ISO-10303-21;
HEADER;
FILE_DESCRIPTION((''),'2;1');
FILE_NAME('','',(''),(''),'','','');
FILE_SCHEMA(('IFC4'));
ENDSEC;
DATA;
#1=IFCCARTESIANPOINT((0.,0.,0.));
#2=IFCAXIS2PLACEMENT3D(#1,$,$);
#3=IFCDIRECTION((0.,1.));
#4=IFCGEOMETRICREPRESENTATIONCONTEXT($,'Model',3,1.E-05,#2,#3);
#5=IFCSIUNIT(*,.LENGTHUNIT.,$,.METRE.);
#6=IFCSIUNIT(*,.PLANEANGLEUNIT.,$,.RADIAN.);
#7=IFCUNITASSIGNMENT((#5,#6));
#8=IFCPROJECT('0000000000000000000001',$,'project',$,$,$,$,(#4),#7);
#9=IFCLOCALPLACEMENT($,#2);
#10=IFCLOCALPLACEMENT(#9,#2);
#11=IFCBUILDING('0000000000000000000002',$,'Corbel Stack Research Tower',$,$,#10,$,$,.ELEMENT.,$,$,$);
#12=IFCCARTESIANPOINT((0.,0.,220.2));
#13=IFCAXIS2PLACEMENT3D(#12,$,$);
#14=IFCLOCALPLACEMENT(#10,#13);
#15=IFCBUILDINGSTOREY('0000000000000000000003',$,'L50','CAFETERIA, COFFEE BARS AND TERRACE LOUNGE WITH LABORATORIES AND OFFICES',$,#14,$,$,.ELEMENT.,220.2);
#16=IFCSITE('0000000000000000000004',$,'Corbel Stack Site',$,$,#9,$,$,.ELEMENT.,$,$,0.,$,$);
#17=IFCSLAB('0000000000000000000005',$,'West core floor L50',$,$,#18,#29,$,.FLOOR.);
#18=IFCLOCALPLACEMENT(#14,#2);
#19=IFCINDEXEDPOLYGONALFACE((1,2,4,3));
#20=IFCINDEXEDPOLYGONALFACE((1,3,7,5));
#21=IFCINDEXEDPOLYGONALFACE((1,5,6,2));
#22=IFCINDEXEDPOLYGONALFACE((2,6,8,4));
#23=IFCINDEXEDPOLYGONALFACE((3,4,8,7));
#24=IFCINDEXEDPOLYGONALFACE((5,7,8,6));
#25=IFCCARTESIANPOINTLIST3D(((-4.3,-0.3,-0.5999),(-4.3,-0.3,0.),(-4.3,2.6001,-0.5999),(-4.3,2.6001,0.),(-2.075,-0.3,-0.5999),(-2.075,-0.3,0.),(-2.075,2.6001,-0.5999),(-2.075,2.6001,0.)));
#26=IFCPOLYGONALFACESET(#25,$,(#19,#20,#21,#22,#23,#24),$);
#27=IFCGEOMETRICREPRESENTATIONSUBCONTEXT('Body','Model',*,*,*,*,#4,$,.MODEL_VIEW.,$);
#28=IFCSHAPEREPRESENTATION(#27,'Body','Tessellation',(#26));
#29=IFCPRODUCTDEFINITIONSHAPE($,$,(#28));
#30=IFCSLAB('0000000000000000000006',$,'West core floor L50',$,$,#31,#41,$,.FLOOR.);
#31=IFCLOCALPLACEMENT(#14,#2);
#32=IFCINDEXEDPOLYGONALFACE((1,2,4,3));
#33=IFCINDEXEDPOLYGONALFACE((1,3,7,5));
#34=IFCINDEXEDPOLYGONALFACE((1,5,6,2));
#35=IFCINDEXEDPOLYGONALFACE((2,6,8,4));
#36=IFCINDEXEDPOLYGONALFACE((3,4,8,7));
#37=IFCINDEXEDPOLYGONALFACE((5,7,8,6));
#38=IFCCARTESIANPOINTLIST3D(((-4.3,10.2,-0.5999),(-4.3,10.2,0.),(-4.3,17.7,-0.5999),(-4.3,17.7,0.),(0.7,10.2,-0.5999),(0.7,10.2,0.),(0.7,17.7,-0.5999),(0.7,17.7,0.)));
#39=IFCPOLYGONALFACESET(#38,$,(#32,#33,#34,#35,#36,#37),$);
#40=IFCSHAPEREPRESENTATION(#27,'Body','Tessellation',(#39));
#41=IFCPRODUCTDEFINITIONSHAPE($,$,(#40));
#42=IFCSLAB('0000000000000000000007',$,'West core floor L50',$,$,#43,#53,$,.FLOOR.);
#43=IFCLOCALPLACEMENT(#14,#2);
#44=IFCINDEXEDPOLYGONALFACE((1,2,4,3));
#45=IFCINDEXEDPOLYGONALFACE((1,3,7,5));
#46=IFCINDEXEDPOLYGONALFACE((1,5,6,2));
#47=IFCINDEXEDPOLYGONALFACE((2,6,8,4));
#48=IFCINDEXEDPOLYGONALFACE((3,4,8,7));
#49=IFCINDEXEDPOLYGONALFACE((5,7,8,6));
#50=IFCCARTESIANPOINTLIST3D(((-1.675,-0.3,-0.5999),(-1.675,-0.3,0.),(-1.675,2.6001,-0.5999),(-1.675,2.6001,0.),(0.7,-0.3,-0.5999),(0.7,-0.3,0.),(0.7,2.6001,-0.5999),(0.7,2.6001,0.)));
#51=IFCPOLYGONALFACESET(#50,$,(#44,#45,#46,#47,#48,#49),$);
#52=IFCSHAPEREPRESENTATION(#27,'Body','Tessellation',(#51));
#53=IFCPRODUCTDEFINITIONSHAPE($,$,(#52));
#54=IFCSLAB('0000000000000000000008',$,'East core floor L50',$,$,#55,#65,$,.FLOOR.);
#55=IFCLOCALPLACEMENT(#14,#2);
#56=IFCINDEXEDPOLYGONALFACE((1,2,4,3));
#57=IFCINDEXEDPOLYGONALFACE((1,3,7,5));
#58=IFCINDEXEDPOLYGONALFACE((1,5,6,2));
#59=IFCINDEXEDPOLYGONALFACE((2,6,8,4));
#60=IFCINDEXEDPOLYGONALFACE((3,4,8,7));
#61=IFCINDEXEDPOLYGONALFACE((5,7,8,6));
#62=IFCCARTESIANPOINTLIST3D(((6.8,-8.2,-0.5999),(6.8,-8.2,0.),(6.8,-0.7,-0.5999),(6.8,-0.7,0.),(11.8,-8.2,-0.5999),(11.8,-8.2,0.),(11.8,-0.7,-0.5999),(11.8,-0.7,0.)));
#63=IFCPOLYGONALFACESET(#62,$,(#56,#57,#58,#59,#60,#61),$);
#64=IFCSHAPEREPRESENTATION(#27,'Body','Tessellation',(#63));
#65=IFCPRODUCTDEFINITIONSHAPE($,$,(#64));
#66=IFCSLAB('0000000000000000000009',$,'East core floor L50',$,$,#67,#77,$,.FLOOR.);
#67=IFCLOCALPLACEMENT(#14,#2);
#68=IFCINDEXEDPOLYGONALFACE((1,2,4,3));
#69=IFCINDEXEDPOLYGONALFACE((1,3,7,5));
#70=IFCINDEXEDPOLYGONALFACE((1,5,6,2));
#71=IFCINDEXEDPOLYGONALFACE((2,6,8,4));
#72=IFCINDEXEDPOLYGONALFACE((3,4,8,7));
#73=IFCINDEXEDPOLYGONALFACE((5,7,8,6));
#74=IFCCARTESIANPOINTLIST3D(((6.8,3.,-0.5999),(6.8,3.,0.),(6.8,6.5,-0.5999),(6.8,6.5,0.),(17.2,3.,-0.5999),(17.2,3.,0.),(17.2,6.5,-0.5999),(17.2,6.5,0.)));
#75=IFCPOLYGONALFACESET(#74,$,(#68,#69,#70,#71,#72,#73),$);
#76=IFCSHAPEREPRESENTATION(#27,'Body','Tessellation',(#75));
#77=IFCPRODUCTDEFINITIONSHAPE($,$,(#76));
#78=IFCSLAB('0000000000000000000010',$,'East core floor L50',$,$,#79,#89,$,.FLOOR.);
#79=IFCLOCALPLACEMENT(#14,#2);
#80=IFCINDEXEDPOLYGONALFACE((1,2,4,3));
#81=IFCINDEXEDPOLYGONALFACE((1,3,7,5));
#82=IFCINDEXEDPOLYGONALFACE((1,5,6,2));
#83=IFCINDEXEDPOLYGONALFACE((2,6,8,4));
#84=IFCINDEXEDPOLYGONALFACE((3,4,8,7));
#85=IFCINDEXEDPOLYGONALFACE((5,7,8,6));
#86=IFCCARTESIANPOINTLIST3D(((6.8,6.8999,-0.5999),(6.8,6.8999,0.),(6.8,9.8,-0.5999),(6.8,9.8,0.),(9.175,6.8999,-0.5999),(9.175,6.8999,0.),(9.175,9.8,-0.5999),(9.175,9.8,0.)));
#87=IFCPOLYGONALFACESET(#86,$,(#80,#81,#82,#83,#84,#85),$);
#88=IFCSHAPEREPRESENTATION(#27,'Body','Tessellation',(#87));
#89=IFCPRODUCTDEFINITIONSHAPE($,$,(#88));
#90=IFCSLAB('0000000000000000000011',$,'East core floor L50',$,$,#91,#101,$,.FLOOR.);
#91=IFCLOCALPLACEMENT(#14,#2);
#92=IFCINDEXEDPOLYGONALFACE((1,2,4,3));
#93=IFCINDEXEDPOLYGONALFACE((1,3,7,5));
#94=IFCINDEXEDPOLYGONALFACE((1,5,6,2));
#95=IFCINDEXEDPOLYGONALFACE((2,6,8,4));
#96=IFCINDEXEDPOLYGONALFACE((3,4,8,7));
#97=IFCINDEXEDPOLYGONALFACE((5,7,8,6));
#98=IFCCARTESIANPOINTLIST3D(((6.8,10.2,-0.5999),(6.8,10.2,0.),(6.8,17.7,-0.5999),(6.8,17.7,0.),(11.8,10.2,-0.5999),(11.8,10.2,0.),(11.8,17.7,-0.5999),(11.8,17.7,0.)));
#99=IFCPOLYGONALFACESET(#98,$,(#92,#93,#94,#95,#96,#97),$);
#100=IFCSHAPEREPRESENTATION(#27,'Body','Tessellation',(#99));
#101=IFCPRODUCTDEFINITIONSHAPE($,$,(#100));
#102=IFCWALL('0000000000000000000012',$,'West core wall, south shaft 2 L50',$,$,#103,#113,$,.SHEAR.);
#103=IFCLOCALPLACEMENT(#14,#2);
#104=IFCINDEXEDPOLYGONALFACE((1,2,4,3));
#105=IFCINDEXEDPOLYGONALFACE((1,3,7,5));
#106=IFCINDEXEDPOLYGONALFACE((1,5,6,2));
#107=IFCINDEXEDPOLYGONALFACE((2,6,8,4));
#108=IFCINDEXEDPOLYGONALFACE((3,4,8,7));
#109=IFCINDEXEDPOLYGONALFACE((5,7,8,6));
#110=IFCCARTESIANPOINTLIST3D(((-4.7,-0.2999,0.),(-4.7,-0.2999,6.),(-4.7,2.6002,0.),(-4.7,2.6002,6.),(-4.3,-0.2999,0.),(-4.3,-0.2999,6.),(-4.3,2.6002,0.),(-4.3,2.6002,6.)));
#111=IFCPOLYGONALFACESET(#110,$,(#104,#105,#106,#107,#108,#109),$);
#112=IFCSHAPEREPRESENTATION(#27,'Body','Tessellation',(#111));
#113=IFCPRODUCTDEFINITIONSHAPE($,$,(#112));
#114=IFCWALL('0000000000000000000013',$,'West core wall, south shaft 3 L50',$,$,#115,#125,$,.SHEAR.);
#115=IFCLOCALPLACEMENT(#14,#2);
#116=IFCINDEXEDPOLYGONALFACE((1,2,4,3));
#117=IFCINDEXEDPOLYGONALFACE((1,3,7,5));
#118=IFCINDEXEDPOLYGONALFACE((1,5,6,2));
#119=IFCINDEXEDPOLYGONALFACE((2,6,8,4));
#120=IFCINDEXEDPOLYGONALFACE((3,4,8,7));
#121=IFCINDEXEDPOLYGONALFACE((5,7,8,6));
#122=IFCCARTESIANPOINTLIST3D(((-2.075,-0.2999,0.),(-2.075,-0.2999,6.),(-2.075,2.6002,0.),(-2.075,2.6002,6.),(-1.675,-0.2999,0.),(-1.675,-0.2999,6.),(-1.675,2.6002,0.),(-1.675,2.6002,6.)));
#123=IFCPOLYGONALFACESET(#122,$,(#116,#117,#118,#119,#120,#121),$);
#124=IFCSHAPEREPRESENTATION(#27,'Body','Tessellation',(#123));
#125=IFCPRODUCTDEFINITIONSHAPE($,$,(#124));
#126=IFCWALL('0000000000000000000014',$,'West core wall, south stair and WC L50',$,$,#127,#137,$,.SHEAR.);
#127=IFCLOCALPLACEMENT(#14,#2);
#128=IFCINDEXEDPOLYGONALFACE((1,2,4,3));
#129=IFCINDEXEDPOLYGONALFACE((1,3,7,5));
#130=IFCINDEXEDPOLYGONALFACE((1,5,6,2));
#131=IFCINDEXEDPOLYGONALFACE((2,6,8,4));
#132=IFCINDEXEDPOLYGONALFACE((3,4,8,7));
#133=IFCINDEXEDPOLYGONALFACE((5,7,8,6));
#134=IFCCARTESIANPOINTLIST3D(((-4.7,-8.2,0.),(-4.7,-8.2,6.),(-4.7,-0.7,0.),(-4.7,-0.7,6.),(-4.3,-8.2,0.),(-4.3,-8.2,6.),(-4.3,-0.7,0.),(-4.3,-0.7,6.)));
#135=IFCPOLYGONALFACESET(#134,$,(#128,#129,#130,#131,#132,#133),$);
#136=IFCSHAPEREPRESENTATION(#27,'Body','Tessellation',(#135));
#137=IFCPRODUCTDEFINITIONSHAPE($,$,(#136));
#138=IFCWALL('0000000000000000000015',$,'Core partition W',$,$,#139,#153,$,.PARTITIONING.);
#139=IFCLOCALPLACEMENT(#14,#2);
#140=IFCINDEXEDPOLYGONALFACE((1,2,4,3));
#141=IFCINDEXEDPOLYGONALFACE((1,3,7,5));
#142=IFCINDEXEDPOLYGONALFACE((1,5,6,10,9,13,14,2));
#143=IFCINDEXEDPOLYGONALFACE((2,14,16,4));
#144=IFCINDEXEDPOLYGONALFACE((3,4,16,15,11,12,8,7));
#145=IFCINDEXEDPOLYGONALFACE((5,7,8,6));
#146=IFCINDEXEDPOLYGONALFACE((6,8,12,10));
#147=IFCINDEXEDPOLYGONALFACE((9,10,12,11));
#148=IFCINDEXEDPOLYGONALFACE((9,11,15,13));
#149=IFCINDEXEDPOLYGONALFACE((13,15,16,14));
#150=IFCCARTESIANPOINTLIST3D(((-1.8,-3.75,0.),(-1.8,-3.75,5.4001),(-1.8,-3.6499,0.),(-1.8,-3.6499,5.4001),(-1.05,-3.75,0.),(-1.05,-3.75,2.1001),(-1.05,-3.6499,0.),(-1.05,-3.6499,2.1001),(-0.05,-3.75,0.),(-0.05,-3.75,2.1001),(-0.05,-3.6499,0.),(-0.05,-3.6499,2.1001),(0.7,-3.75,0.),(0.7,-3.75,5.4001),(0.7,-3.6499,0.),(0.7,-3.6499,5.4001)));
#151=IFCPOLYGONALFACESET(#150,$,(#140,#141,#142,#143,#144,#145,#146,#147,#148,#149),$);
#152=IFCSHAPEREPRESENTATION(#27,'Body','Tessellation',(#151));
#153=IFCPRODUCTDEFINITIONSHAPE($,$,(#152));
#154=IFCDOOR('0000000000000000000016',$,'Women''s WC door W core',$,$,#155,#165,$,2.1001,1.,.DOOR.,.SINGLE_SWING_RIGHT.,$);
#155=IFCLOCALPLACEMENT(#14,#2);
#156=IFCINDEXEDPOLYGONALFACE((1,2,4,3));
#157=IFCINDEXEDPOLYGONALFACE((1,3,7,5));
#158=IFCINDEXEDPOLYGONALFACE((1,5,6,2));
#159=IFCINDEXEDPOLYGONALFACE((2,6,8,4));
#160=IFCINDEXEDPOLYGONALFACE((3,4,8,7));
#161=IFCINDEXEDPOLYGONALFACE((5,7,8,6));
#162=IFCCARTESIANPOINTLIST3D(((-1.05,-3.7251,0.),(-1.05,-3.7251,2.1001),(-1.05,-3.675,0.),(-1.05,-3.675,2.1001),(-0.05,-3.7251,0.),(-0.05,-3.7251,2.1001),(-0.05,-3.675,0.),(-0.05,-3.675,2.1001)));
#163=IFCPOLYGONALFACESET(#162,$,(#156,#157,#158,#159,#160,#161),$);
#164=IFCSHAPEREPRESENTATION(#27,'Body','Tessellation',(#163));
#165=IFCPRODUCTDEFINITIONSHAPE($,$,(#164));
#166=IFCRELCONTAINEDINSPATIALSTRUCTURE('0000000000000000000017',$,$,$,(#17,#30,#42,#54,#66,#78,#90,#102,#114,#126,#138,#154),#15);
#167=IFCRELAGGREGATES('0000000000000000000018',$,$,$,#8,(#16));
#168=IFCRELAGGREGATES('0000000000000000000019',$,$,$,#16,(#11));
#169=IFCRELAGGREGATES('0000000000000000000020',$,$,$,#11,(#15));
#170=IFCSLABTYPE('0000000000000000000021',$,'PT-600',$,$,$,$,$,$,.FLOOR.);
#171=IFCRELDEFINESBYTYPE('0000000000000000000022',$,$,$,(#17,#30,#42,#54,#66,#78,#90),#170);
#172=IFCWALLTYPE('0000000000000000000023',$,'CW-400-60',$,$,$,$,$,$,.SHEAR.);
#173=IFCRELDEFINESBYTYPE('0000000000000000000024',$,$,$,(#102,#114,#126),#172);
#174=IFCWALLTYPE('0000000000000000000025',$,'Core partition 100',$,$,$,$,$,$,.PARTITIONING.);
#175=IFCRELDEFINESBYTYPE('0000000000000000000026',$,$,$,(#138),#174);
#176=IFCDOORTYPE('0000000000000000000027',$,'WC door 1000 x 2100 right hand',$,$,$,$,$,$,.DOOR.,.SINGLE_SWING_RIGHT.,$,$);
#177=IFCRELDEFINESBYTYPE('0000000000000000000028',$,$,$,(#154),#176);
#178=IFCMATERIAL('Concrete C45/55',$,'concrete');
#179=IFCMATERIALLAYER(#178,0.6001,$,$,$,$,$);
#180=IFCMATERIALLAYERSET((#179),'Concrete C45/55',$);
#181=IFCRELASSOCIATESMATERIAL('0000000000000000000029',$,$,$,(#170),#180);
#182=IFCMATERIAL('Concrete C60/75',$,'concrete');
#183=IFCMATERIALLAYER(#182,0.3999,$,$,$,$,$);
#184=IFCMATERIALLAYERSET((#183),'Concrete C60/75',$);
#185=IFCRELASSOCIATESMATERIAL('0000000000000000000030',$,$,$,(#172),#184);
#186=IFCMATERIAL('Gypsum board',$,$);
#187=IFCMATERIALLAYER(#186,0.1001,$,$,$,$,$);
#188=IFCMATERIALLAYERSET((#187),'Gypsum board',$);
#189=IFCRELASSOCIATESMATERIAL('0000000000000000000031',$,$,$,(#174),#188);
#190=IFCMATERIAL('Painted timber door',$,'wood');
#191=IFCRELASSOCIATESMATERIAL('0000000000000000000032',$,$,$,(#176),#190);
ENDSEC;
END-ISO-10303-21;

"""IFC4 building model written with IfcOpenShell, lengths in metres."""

from ifc_helpers import new_model, si_unit, direction, frame, frame_2d, origin, place, context, subcontext, project, spatial, polyline, rectangle, outline, extrude, material, layer, layer_set, type_object, element, fill, save


model = new_model("IFC4")

# Units and contexts
model_context = context("Model", 3, precision=1e-05, world=origin(), true_north=direction((0.0, 1.0)))
body_context = subcontext(model_context, "Body", "Model", "MODEL_VIEW")
ifc_project = project(units=[si_unit("LENGTHUNIT", "METRE"), si_unit("PLANEANGLEUNIT", "RADIAN")], contexts=[model_context])

# Site, building, storey
site_placement = place(None, origin())
site = spatial("IfcSite", under=ifc_project, at=site_placement, Name="Corbel Stack Site", CompositionType="ELEMENT", RefElevation=0.0)
building_placement = place(site_placement, origin())
building = spatial("IfcBuilding", under=site, at=building_placement, Name="Corbel Stack Research Tower", CompositionType="ELEMENT")
storey_placement = place(building_placement, frame((0.0, 0.0, 220.2)))
storey = spatial("IfcBuildingStorey", under=building, at=storey_placement, Name="L50", Description="CAFETERIA, COFFEE BARS AND TERRACE LOUNGE WITH LABORATORIES AND OFFICES", CompositionType="ELEMENT", Elevation=220.2)

# Slabs
ifc_material_1 = material(Name="Concrete C45/55", Category="concrete")
ifc_layer_1 = layer(ifc_material_1, 0.6001)
ifc_layer_set_1 = layer_set([ifc_layer_1], Name="Concrete C45/55")
slab_type = type_object("IfcSlabType", Name="PT-600", PredefinedType="FLOOR", material=ifc_layer_set_1)
slab_1_placement = place(storey_placement, frame((0.0, 0.0, -0.5999)))
element("IfcSlab", 1, at=slab_1_placement, inside=storey, type_object=slab_type, Name="West core floor L50", PredefinedType="FLOOR", context=body_context, shape_type="SweptSolid", body=[
    extrude(outline(polyline([(-2.075, -0.3), (-2.075, 2.6001), (-4.3, 2.6001), (-4.3, -0.3), (-2.075, -0.3)])), origin(), (0.0, 0.0, 1.0), 0.5999),
])
slab_2_placement = place(storey_placement, frame((0.0, 0.0, -0.5999)))
element("IfcSlab", 2, at=slab_2_placement, inside=storey, type_object=slab_type, Name="West core floor L50", PredefinedType="FLOOR", context=body_context, shape_type="SweptSolid", body=[
    extrude(outline(polyline([(0.7, 17.7), (-4.3, 17.7), (-4.3, 10.2), (0.7, 10.2), (0.7, 17.7)])), origin(), (0.0, 0.0, 1.0), 0.5999),
])
slab_3_placement = place(storey_placement, frame((0.0, 0.0, -0.5999)))
element("IfcSlab", 3, at=slab_3_placement, inside=storey, type_object=slab_type, Name="West core floor L50", PredefinedType="FLOOR", context=body_context, shape_type="SweptSolid", body=[
    extrude(outline(polyline([(0.7, -0.3), (0.7, 2.6001), (-1.675, 2.6001), (-1.675, -0.3), (0.7, -0.3)])), origin(), (0.0, 0.0, 1.0), 0.5999),
])
slab_4_placement = place(storey_placement, frame((0.0, 0.0, -0.5999)))
element("IfcSlab", 4, at=slab_4_placement, inside=storey, type_object=slab_type, Name="East core floor L50", PredefinedType="FLOOR", context=body_context, shape_type="SweptSolid", body=[
    extrude(outline(polyline([(6.8, -0.7), (6.8, -8.2), (11.8, -8.2), (11.8, -0.7), (6.8, -0.7)])), origin(), (0.0, 0.0, 1.0), 0.5999),
])
slab_5_placement = place(storey_placement, frame((0.0, 0.0, -0.5999)))
element("IfcSlab", 5, at=slab_5_placement, inside=storey, type_object=slab_type, Name="East core floor L50", PredefinedType="FLOOR", context=body_context, shape_type="SweptSolid", body=[
    extrude(outline(polyline([(17.2, 6.5), (6.8, 6.5), (6.8, 3.0), (17.2, 3.0), (17.2, 6.5)])), origin(), (0.0, 0.0, 1.0), 0.5999),
])
slab_6_placement = place(storey_placement, frame((0.0, 0.0, -0.5999)))
element("IfcSlab", 6, at=slab_6_placement, inside=storey, type_object=slab_type, Name="East core floor L50", PredefinedType="FLOOR", context=body_context, shape_type="SweptSolid", body=[
    extrude(outline(polyline([(6.8, 6.8999), (9.175, 6.8999), (9.175, 9.8), (6.8, 9.8), (6.8, 6.8999)])), origin(), (0.0, 0.0, 1.0), 0.5999),
])
slab_7_placement = place(storey_placement, frame((0.0, 0.0, -0.5999)))
element("IfcSlab", 7, at=slab_7_placement, inside=storey, type_object=slab_type, Name="East core floor L50", PredefinedType="FLOOR", context=body_context, shape_type="SweptSolid", body=[
    extrude(outline(polyline([(6.8, 17.7), (6.8, 10.2), (11.8, 10.2), (11.8, 17.7), (6.8, 17.7)])), origin(), (0.0, 0.0, 1.0), 0.5999),
])

# Walls
ifc_material_2 = material(Name="Concrete C60/75", Category="concrete")
ifc_layer_2 = layer(ifc_material_2, 0.3999)
ifc_layer_set_2 = layer_set([ifc_layer_2], Name="Concrete C60/75")
wall_type_1 = type_object("IfcWallType", Name="CW-400-60", PredefinedType="SHEAR", material=ifc_layer_set_2)
for number, where, z_axis, x_axis, name in (
    (8, (-4.5, -0.3, 0.0), (0.0, 0.0, 1.0), (0.0, 1.0, 0.0), "West core wall, south shaft 2 L50"),
    (9, (-1.875, -0.3, 0.0), (0.0, 0.0, 1.0), (0.0, 1.0, 0.0), "West core wall, south shaft 3 L50"),
):
    element("IfcWall", number, at=place(storey_placement, frame(where, z_axis=z_axis, x_axis=x_axis)), inside=storey, type_object=wall_type_1, Name=name, PredefinedType="SHEAR", context=body_context, shape_type="SweptSolid", body=[
        extrude(rectangle(XDim=2.9001, YDim=0.3999, at=frame_2d((1.4502, 0.0))), origin(), (0.0, 0.0, 1.0), 6.0),
    ])
wall_1_placement = place(storey_placement, frame((-4.5, -8.2, 0.0), z_axis=(0.0, 0.0, 1.0), x_axis=(0.0, 1.0, 0.0)))
element("IfcWall", 10, at=wall_1_placement, inside=storey, type_object=wall_type_1, Name="West core wall, south stair and WC L50", PredefinedType="SHEAR", context=body_context, shape_type="SweptSolid", body=[
    extrude(rectangle(XDim=7.5, YDim=0.3999, at=frame_2d((3.75, 0.0))), origin(), (0.0, 0.0, 1.0), 6.0),
])

# Wall, opening, door
ifc_material_3 = material(Name="Gypsum board")
ifc_layer_3 = layer(ifc_material_3, 0.1001)
ifc_layer_set_3 = layer_set([ifc_layer_3], Name="Gypsum board")
wall_type_2 = type_object("IfcWallType", Name="Core partition 100", PredefinedType="PARTITIONING", material=ifc_layer_set_3)
wall_2_placement = place(storey_placement, frame((-1.8, -3.7, 0.0), z_axis=(0.0, 0.0, 1.0), x_axis=(1.0, 0.0, 0.0)))
wall_2 = element("IfcWall", 11, at=wall_2_placement, inside=storey, type_object=wall_type_2, Name="Core partition W", PredefinedType="PARTITIONING", context=body_context, shape_type="SweptSolid", body=[
    extrude(rectangle(XDim=2.5, YDim=0.1001, at=frame_2d((1.25, 0.0))), origin(), (0.0, 0.0, 1.0), 5.4001),
])
opening_1_placement = place(wall_2_placement, frame((0.75, 0.0, 0.0)))
opening_1 = element("IfcOpeningElement", 12, at=opening_1_placement, cuts=wall_2, PredefinedType="OPENING", context=body_context, shape_type="SweptSolid", body=[
    extrude(rectangle(XDim=1.0, YDim=2.1001, at=frame_2d((0.5, 1.05))), frame((0.0, 0.0601, 0.0), z_axis=(0.0, -1.0, 0.0), x_axis=(1.0, 0.0, 0.0)), (0.0, 0.0, 1.0), 0.1201),
])
ifc_material_4 = material(Name="Painted timber door", Category="wood")
door_type_1 = type_object("IfcDoorType", Name="WC door 1000 x 2100 right hand", OperationType="SINGLE_SWING_RIGHT", PredefinedType="DOOR", material=ifc_material_4)
door_1_placement = place(opening_1_placement, origin())
door_1 = element("IfcDoor", 13, at=door_1_placement, inside=storey, type_object=door_type_1, Name="Women's WC door W core", OperationType="SINGLE_SWING_RIGHT", OverallHeight=2.1001, OverallWidth=1.0, PredefinedType="DOOR", context=body_context, shape_type="SweptSolid", body=[
    extrude(rectangle(XDim=1.0, YDim=2.1001, at=frame_2d((0.5, 1.05))), frame((0.0, 0.0249, 0.0), z_axis=(0.0, -1.0, 0.0), x_axis=(1.0, 0.0, 0.0)), (0.0, 0.0, 1.0), 0.05),
])
fill(opening_1, door_1)

save(model, "model.ifc")
